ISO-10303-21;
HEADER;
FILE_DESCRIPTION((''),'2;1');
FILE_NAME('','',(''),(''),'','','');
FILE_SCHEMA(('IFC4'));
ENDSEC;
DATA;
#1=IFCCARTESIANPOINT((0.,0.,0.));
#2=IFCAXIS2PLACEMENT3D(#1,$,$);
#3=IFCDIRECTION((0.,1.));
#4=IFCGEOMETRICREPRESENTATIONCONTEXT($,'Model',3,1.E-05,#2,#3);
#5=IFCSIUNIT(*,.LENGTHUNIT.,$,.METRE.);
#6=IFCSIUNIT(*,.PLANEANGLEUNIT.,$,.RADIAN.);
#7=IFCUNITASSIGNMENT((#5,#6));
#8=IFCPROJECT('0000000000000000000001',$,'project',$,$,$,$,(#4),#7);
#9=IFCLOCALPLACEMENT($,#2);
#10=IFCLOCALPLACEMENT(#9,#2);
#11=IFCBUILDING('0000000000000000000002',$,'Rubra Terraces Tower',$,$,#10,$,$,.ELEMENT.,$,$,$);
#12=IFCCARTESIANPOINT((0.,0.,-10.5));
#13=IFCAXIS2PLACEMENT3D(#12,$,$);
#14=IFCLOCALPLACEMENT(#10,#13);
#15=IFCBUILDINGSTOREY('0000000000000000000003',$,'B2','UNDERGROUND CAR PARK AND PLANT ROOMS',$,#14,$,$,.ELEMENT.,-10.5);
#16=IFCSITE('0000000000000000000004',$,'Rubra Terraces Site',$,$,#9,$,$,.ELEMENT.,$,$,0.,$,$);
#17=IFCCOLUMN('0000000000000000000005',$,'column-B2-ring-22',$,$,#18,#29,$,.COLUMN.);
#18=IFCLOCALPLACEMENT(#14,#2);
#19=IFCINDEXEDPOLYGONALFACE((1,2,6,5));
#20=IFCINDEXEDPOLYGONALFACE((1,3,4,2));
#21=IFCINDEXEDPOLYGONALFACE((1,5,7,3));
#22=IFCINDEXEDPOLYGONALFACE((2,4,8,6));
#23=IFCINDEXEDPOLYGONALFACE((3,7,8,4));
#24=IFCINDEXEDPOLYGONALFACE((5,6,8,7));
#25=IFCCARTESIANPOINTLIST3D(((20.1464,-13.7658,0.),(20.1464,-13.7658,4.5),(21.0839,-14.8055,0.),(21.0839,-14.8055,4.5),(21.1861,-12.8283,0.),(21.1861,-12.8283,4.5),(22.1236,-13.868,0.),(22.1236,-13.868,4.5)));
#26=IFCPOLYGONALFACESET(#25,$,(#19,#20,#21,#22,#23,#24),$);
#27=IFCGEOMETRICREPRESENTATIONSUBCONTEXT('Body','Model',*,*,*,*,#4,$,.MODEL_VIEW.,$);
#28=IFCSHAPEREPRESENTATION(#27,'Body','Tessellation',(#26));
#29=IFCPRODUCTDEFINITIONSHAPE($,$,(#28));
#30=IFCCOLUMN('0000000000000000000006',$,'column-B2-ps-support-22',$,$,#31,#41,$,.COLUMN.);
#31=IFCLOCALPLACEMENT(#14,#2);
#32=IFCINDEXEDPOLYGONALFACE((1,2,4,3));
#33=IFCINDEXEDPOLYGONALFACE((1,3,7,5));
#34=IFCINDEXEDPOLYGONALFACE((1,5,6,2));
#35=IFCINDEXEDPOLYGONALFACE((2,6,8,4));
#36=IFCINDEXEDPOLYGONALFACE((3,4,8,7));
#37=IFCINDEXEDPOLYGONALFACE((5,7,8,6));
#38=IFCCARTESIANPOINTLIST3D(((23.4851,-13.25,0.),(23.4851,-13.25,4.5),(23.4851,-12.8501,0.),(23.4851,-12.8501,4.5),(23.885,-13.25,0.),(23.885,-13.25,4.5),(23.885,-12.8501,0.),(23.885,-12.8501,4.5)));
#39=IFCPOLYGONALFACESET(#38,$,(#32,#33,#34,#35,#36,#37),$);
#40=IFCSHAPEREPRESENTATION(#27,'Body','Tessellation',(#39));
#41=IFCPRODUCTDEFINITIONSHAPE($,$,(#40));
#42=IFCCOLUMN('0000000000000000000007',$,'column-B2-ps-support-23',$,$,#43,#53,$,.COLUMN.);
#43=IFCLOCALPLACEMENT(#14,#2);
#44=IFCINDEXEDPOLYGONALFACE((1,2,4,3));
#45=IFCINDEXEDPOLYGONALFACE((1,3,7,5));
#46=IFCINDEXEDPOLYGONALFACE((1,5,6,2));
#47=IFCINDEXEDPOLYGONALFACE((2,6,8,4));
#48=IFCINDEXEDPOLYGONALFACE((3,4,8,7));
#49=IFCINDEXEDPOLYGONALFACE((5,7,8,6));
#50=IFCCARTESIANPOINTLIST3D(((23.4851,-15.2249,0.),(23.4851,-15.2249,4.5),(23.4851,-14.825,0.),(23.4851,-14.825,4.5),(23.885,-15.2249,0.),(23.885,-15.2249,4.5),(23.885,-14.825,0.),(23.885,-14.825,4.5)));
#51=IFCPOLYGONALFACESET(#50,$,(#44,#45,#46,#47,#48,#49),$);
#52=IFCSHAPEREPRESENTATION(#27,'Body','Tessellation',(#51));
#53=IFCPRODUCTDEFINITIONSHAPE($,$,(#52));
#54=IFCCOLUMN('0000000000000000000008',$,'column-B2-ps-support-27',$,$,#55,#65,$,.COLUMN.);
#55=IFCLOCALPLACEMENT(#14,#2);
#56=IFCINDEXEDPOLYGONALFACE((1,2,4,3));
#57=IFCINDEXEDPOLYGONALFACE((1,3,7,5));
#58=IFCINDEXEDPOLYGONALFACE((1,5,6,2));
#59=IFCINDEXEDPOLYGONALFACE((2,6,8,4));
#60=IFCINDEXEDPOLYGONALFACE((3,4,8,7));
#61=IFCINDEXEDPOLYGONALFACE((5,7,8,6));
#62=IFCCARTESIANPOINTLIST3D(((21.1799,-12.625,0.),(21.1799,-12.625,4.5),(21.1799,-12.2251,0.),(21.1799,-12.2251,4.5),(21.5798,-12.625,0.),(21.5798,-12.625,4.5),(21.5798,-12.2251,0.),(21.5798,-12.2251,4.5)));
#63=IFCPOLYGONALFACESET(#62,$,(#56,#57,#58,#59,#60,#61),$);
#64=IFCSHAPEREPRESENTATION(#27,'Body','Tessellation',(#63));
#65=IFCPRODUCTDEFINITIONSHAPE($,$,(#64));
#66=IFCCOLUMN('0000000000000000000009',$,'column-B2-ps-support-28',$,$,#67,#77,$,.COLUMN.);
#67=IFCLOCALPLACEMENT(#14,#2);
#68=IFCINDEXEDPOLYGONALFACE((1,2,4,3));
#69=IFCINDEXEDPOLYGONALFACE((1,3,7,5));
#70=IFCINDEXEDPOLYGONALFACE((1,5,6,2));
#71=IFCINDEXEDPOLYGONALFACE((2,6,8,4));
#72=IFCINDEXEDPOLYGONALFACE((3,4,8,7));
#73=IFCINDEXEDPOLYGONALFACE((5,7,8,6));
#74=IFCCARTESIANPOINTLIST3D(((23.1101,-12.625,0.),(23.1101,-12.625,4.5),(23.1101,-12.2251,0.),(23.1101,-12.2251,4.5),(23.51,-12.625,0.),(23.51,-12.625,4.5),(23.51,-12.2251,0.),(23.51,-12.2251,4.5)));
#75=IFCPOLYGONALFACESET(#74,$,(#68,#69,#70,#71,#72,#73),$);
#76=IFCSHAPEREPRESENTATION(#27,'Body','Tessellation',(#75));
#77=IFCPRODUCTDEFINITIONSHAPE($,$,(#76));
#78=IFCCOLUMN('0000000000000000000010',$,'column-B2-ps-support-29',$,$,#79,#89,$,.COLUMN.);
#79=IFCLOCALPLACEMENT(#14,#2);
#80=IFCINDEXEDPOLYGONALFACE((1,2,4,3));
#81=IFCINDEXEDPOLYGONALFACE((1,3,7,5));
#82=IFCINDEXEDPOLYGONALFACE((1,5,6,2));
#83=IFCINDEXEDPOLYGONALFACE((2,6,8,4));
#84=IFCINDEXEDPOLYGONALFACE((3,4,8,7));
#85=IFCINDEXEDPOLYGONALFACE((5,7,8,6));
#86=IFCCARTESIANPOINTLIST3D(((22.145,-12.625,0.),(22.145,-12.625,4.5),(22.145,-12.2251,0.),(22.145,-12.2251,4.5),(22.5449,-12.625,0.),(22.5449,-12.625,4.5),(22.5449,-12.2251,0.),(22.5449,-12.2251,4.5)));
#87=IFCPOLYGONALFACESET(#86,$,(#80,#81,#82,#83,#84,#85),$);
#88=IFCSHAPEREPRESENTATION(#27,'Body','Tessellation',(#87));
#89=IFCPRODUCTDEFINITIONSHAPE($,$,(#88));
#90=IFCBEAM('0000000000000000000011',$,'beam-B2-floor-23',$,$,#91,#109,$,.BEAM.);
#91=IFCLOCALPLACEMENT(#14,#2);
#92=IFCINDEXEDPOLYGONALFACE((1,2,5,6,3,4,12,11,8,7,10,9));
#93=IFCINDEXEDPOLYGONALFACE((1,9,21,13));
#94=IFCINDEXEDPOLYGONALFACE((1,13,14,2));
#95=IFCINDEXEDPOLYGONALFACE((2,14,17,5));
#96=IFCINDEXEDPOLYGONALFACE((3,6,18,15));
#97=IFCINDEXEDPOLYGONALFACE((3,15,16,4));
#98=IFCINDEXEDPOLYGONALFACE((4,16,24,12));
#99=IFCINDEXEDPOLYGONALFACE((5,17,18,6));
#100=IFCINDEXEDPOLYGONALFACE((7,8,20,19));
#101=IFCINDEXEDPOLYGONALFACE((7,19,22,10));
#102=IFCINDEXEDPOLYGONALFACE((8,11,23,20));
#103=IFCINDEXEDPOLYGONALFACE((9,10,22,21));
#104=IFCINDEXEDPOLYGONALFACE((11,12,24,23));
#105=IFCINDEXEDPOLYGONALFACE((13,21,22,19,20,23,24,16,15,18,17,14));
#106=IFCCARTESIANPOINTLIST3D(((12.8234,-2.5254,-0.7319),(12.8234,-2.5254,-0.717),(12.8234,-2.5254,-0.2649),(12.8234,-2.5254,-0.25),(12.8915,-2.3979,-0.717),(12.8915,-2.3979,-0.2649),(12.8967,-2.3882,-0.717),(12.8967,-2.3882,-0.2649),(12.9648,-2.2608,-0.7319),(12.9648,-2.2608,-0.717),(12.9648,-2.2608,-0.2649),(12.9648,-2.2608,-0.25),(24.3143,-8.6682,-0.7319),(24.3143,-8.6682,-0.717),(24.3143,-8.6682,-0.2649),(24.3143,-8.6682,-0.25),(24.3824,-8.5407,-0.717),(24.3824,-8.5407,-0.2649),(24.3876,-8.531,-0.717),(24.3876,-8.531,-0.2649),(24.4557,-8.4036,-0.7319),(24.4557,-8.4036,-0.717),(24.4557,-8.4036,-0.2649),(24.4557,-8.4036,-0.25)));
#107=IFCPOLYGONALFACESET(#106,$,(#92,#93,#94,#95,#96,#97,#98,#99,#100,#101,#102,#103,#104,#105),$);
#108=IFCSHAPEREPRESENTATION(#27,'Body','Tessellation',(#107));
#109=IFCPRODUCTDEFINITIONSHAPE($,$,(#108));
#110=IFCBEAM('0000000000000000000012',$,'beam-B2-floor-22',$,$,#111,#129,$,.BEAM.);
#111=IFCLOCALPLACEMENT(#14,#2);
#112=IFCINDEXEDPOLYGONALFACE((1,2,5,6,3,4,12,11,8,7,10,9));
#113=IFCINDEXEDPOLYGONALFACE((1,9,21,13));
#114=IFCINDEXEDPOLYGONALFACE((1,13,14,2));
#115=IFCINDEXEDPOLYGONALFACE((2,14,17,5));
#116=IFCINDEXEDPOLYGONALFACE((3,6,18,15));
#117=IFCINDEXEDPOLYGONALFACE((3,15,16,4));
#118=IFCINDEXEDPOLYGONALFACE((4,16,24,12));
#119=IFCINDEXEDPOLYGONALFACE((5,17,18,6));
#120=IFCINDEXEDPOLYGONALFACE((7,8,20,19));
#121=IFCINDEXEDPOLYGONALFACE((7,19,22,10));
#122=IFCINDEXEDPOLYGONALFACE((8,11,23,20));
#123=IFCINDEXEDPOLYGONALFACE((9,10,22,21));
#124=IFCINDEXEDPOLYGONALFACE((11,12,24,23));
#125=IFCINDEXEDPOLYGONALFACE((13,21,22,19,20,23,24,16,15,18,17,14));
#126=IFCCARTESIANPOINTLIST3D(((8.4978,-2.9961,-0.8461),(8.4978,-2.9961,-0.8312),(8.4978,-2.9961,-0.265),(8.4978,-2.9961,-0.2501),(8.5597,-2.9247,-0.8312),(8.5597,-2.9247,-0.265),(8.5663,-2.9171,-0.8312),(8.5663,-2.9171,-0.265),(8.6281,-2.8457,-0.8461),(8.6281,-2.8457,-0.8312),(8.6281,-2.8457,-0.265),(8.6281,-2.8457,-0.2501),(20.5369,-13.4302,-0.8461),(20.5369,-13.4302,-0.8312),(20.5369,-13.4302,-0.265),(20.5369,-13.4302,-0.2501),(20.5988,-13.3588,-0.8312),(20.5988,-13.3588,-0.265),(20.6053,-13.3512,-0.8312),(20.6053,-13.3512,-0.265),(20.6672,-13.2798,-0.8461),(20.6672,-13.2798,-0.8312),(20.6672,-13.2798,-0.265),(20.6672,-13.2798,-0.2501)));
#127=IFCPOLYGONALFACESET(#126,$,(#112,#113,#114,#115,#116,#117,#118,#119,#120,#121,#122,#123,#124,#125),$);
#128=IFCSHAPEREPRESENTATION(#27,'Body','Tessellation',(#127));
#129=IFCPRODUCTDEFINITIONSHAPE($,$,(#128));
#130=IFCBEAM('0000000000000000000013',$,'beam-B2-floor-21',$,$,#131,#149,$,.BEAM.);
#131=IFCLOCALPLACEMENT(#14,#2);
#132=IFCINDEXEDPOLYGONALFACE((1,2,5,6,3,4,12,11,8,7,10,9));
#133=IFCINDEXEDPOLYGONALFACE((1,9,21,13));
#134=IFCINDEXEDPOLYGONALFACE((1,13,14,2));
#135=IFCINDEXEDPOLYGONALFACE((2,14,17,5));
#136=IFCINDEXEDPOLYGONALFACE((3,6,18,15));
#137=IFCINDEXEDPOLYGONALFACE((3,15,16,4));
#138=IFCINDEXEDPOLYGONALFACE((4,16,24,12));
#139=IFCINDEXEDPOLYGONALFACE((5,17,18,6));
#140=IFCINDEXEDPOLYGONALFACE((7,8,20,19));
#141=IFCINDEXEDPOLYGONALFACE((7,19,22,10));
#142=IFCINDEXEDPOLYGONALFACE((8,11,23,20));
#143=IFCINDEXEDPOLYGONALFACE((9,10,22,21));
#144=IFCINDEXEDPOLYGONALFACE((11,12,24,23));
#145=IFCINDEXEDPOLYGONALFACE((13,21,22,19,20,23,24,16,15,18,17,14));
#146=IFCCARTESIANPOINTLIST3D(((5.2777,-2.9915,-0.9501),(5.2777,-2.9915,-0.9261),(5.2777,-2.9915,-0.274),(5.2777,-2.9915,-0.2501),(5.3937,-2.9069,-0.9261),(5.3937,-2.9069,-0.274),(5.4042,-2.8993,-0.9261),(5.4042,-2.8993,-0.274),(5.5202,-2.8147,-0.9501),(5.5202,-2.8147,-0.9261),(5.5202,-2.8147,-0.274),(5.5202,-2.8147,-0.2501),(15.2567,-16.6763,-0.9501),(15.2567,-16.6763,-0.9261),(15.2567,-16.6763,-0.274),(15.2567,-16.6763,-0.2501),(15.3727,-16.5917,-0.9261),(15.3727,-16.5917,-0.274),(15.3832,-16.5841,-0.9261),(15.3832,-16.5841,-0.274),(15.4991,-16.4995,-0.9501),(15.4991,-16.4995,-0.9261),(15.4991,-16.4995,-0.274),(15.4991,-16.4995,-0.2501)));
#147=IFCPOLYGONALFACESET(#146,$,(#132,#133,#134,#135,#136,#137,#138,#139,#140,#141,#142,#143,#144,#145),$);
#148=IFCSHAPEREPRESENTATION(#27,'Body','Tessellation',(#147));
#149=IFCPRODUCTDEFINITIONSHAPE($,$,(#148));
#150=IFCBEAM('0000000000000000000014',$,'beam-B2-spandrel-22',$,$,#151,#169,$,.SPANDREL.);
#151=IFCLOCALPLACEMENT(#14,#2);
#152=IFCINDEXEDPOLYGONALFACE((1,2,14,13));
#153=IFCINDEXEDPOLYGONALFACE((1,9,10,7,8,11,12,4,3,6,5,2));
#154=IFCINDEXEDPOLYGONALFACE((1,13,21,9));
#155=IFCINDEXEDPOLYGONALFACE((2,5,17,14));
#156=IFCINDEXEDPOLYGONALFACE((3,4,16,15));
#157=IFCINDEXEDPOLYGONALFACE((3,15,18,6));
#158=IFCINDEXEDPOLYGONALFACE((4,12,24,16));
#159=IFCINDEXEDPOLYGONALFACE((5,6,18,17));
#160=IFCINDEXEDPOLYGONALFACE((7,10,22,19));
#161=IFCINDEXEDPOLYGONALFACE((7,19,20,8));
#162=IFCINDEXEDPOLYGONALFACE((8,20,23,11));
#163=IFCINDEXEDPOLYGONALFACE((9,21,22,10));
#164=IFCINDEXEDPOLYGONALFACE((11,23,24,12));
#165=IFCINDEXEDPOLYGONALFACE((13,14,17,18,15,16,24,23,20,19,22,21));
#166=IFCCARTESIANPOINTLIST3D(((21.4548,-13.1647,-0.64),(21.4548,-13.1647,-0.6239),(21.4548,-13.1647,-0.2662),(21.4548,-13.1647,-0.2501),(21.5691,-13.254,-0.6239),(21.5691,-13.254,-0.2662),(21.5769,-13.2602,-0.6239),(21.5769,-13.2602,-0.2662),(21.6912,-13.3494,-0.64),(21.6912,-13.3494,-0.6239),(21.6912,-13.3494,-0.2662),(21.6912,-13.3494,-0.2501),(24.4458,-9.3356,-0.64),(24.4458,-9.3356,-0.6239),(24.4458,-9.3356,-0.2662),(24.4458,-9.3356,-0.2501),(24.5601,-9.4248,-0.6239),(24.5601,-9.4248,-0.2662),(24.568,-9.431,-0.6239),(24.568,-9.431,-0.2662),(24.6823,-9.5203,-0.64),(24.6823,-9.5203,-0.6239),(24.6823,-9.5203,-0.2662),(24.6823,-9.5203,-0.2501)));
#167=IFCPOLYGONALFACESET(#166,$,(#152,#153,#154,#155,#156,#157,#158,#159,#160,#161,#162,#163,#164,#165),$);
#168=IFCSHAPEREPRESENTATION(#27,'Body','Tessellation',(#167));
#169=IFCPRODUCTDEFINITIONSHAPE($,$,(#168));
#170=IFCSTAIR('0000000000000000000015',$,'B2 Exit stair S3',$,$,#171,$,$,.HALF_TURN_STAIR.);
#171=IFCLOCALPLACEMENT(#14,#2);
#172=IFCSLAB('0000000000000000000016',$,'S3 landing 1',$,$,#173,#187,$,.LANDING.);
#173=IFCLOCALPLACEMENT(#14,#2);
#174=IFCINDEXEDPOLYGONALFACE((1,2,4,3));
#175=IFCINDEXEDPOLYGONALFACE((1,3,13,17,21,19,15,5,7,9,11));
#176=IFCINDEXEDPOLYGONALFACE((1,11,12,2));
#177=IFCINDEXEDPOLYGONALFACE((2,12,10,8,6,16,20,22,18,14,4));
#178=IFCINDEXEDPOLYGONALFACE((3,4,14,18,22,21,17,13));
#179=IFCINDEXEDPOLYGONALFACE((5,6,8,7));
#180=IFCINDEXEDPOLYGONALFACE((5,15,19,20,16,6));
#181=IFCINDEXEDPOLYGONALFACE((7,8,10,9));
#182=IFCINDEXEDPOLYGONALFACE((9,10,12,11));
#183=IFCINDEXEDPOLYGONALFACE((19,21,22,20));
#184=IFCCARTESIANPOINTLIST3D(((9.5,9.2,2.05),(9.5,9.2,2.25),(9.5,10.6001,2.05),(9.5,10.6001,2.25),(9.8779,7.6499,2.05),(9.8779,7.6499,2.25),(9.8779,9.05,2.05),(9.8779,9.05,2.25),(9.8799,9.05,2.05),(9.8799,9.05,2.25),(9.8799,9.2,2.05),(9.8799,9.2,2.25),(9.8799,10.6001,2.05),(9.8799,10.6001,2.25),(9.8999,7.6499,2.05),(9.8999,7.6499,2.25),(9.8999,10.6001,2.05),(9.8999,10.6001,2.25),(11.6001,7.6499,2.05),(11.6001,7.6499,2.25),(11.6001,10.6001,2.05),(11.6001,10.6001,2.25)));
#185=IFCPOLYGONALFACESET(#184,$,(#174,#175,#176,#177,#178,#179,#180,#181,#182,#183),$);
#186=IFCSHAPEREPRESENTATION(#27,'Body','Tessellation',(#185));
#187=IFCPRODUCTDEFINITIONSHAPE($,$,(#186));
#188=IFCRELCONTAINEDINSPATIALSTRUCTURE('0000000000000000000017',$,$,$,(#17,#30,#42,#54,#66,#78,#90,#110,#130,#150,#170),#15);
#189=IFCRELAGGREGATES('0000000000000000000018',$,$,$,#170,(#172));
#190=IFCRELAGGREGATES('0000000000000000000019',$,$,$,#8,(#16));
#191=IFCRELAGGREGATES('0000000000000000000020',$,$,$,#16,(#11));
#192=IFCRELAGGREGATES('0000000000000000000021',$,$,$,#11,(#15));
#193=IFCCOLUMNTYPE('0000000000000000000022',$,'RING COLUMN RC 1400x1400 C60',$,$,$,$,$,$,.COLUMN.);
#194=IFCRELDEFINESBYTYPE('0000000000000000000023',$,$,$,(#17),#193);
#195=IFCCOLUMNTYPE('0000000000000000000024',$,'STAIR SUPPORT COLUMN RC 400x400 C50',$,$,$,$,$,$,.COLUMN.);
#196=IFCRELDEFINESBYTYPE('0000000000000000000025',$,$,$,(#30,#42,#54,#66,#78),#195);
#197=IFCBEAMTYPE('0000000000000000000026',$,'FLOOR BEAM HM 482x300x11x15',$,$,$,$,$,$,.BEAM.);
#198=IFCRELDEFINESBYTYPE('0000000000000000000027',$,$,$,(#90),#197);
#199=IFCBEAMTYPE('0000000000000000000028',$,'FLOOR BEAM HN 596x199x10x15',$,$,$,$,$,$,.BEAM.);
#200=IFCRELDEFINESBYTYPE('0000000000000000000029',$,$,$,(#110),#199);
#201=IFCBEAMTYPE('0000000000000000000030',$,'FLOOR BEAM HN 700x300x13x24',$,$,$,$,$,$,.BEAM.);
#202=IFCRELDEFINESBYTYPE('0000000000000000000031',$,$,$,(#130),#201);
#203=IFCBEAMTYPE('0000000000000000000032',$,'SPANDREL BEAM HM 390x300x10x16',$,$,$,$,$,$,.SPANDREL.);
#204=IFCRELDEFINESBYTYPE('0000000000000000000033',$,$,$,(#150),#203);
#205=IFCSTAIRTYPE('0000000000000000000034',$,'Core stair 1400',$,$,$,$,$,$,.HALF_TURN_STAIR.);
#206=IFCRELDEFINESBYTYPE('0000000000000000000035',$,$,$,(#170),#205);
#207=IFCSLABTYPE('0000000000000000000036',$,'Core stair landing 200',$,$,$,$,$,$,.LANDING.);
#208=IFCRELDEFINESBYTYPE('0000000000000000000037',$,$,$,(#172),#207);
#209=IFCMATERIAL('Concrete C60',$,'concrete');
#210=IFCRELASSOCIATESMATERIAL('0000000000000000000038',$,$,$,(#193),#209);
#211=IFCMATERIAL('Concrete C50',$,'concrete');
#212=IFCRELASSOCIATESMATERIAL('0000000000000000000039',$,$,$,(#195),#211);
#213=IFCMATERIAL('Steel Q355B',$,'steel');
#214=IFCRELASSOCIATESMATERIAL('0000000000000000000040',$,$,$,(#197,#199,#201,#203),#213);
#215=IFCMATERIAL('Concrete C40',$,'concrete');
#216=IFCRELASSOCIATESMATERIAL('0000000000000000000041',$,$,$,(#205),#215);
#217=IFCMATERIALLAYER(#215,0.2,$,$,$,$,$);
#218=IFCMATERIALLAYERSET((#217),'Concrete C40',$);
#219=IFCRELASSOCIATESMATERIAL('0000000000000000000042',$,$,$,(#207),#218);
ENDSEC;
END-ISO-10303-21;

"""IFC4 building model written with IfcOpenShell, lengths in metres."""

from ifc_helpers import new_model, si_unit, direction, frame, origin, origin_2d, place, context, subcontext, project, spatial, polyline, rectangle, i_section, outline, extrude, material, layer, layer_set, material_profile, profile_set, type_object, element, aggregate, save


model = new_model("IFC4")

# Units and contexts
model_context = context("Model", 3, precision=1e-05, world=origin(), true_north=direction((0.0, 1.0)))
body_context = subcontext(model_context, "Body", "Model", "MODEL_VIEW")
ifc_project = project(units=[si_unit("LENGTHUNIT", "METRE"), si_unit("PLANEANGLEUNIT", "RADIAN")], contexts=[model_context])

# Site, building, storey
site_placement = place(None, origin())
site = spatial("IfcSite", under=ifc_project, at=site_placement, Name="Rubra Terraces Site", CompositionType="ELEMENT", RefElevation=0.0)
building_placement = place(site_placement, origin())
building = spatial("IfcBuilding", under=site, at=building_placement, Name="Rubra Terraces Tower", CompositionType="ELEMENT")
storey_placement = place(building_placement, frame((0.0, 0.0, -10.5)))
storey = spatial("IfcBuildingStorey", under=building, at=storey_placement, Name="B2", Description="UNDERGROUND CAR PARK AND PLANT ROOMS", CompositionType="ELEMENT", Elevation=-10.5)

# Columns
ifc_material_1 = material(Name="Concrete C60", Category="concrete")
ifc_material_profile_1 = material_profile(ifc_material_1, rectangle(XDim=1.3999, YDim=1.3999, at=origin_2d()), Name="RC 1400x1400")
ifc_profile_set_1 = profile_set([ifc_material_profile_1], Name="Concrete C60")
column_type_1 = type_object("IfcColumnType", Name="RING COLUMN RC 1400x1400 C60", PredefinedType="COLUMN", material=ifc_profile_set_1)
column_placement = place(storey_placement, frame((21.135, -13.8169, 0.0), z_axis=(0.0, 0.0, 1.0), x_axis=(0.742676, 0.669651, 0.0)))
element("IfcColumn", 1, at=column_placement, inside=storey, type_object=column_type_1, Name="column-B2-ring-22", PredefinedType="COLUMN", context=body_context, shape_type="SweptSolid", body=[
    extrude(rectangle(XDim=1.3999, YDim=1.3999, at=origin_2d()), origin(), (0.0, 0.0, 1.0), 4.5),
])
ifc_material_2 = material(Name="Concrete C50", Category="concrete")
ifc_material_profile_2 = material_profile(ifc_material_2, rectangle(XDim=0.3999, YDim=0.3999, at=origin_2d()), Name="RC 400x400")
ifc_profile_set_2 = profile_set([ifc_material_profile_2], Name="Concrete C50")
column_type_2 = type_object("IfcColumnType", Name="STAIR SUPPORT COLUMN RC 400x400 C50", PredefinedType="COLUMN", material=ifc_profile_set_2)
for number, where, z_axis, x_axis, name in (
    (2, (23.6851, -13.05, 0.0), (0.0, 0.0, 1.0), (1.0, 0.0, 0.0), "column-B2-ps-support-22"),
    (3, (23.6851, -15.0249, 0.0), (0.0, 0.0, 1.0), (1.0, 0.0, 0.0), "column-B2-ps-support-23"),
    (4, (21.3799, -12.425, 0.0), (0.0, 0.0, 1.0), (1.0, 0.0, 0.0), "column-B2-ps-support-27"),
    (5, (23.3101, -12.425, 0.0), (0.0, 0.0, 1.0), (1.0, 0.0, 0.0), "column-B2-ps-support-28"),
    (6, (22.345, -12.425, 0.0), (0.0, 0.0, 1.0), (1.0, 0.0, 0.0), "column-B2-ps-support-29"),
):
    element("IfcColumn", number, at=place(storey_placement, frame(where, z_axis=z_axis, x_axis=x_axis)), inside=storey, type_object=column_type_2, Name=name, PredefinedType="COLUMN", context=body_context, shape_type="SweptSolid", body=[
        extrude(rectangle(XDim=0.3999, YDim=0.3999, at=origin_2d()), origin(), (0.0, 0.0, 1.0), 4.5),
    ])

# Beams
ifc_material_3 = material(Name="Steel Q355B", Category="steel")
ifc_material_profile_3 = material_profile(ifc_material_3, i_section(OverallWidth=0.3, OverallDepth=0.4819, WebThickness=0.011, FlangeThickness=0.0149, at=origin_2d()), Name="HM 482x300x11x15")
ifc_profile_set_3 = profile_set([ifc_material_profile_3], Name="Steel Q355B")
beam_type_1 = type_object("IfcBeamType", Name="FLOOR BEAM HM 482x300x11x15", PredefinedType="BEAM", material=ifc_profile_set_3)
beam_1_placement = place(storey_placement, frame((24.385, -8.5359, -0.491), z_axis=(-0.881897, 0.471443, 0.0), x_axis=(-0.471443, -0.881897, 0.0)))
element("IfcBeam", 7, at=beam_1_placement, inside=storey, type_object=beam_type_1, Name="beam-B2-floor-23", PredefinedType="BEAM", context=body_context, shape_type="SweptSolid", body=[
    extrude(i_section(OverallWidth=0.3, OverallDepth=0.4819, WebThickness=0.011, FlangeThickness=0.0149, at=origin_2d()), origin(), (0.0, 0.0, 1.0), 13.0298),
])
ifc_material_profile_4 = material_profile(ifc_material_3, i_section(OverallWidth=0.199, OverallDepth=0.5959, WebThickness=0.01, FlangeThickness=0.0149, at=origin_2d()), Name="HN 596x199x10x15")
ifc_profile_set_4 = profile_set([ifc_material_profile_4], Name="Steel Q355B")
beam_type_2 = type_object("IfcBeamType", Name="FLOOR BEAM HN 596x199x10x15", PredefinedType="BEAM", material=ifc_profile_set_4)
beam_2_placement = place(storey_placement, frame((20.6021, -13.355, -0.5481), z_axis=(-0.755682, 0.654939, 0.0), x_axis=(-0.654939, -0.755682, 0.0)))
element("IfcBeam", 8, at=beam_2_placement, inside=storey, type_object=beam_type_2, Name="beam-B2-floor-22", PredefinedType="BEAM", context=body_context, shape_type="SweptSolid", body=[
    extrude(i_section(OverallWidth=0.199, OverallDepth=0.5959, WebThickness=0.01, FlangeThickness=0.0149, at=origin_2d()), origin(), (0.0, 0.0, 1.0), 15.9314),
])
ifc_material_profile_5 = material_profile(ifc_material_3, i_section(OverallWidth=0.3, OverallDepth=0.7, WebThickness=0.0129, FlangeThickness=0.0239, at=origin_2d()), Name="HN 700x300x13x24")
ifc_profile_set_5 = profile_set([ifc_material_profile_5], Name="Steel Q355B")
beam_type_3 = type_object("IfcBeamType", Name="FLOOR BEAM HN 700x300x13x24", PredefinedType="BEAM", material=ifc_profile_set_5)
beam_3_placement = place(storey_placement, frame((15.3779, -16.5879, -0.6001), z_axis=(-0.589191, 0.807994, 0.0), x_axis=(-0.807994, -0.589191, 0.0)))
element("IfcBeam", 9, at=beam_3_placement, inside=storey, type_object=beam_type_3, Name="beam-B2-floor-21", PredefinedType="BEAM", context=body_context, shape_type="SweptSolid", body=[
    extrude(i_section(OverallWidth=0.3, OverallDepth=0.7, WebThickness=0.0129, FlangeThickness=0.0239, at=origin_2d()), origin(), (0.0, 0.0, 1.0), 16.9368),
])
ifc_material_profile_6 = material_profile(ifc_material_3, i_section(OverallWidth=0.3, OverallDepth=0.3899, WebThickness=0.01, FlangeThickness=0.0161, at=origin_2d()), Name="HM 390x300x10x16")
ifc_profile_set_6 = profile_set([ifc_material_profile_6], Name="Steel Q355B")
beam_type_4 = type_object("IfcBeamType", Name="SPANDREL BEAM HM 390x300x10x16", PredefinedType="SPANDREL", material=ifc_profile_set_6)
beam_4_placement = place(storey_placement, frame((21.573, -13.2571, -0.4451), z_axis=(0.615578, 0.788076, 0.0), x_axis=(-0.788076, 0.615578, 0.0)))
element("IfcBeam", 10, at=beam_4_placement, inside=storey, type_object=beam_type_4, Name="beam-B2-spandrel-22", PredefinedType="SPANDREL", context=body_context, shape_type="SweptSolid", body=[
    extrude(i_section(OverallWidth=0.3, OverallDepth=0.3899, WebThickness=0.01, FlangeThickness=0.0161, at=origin_2d()), origin(), (0.0, 0.0, 1.0), 4.8589),
])

# Stair, slab
ifc_material_4 = material(Name="Concrete C40", Category="concrete")
stair_type = type_object("IfcStairType", Name="Core stair 1400", PredefinedType="HALF_TURN_STAIR", material=ifc_material_4)
stair_1_placement = place(storey_placement, origin())
stair_1 = element("IfcStair", 11, at=stair_1_placement, inside=storey, type_object=stair_type, Name="B2 Exit stair S3", PredefinedType="HALF_TURN_STAIR")
ifc_layer_1 = layer(ifc_material_4, 0.2)
ifc_layer_set_1 = layer_set([ifc_layer_1], Name="Concrete C40")
slab_type = type_object("IfcSlabType", Name="Core stair landing 200", PredefinedType="LANDING", material=ifc_layer_set_1)
slab_1_placement = place(storey_placement, frame((0.0, 0.0, 2.05)))
slab_1 = element("IfcSlab", 12, at=slab_1_placement, type_object=slab_type, Name="S3 landing 1", PredefinedType="LANDING", context=body_context, shape_type="SweptSolid", body=[
    extrude(outline(polyline([(9.8799, 9.05), (9.8799, 9.2), (9.5, 9.2), (9.5, 10.6001), (9.8799, 10.6001), (9.8999, 10.6001), (11.6001, 10.6001), (11.6001, 7.6499), (9.8999, 7.6499), (9.8779, 7.6499), (9.8779, 9.05), (9.8799, 9.05)])), origin(), (0.0, 0.0, 1.0), 0.2),
])
aggregate(stair_1, [slab_1])

save(model, "model.ifc")
